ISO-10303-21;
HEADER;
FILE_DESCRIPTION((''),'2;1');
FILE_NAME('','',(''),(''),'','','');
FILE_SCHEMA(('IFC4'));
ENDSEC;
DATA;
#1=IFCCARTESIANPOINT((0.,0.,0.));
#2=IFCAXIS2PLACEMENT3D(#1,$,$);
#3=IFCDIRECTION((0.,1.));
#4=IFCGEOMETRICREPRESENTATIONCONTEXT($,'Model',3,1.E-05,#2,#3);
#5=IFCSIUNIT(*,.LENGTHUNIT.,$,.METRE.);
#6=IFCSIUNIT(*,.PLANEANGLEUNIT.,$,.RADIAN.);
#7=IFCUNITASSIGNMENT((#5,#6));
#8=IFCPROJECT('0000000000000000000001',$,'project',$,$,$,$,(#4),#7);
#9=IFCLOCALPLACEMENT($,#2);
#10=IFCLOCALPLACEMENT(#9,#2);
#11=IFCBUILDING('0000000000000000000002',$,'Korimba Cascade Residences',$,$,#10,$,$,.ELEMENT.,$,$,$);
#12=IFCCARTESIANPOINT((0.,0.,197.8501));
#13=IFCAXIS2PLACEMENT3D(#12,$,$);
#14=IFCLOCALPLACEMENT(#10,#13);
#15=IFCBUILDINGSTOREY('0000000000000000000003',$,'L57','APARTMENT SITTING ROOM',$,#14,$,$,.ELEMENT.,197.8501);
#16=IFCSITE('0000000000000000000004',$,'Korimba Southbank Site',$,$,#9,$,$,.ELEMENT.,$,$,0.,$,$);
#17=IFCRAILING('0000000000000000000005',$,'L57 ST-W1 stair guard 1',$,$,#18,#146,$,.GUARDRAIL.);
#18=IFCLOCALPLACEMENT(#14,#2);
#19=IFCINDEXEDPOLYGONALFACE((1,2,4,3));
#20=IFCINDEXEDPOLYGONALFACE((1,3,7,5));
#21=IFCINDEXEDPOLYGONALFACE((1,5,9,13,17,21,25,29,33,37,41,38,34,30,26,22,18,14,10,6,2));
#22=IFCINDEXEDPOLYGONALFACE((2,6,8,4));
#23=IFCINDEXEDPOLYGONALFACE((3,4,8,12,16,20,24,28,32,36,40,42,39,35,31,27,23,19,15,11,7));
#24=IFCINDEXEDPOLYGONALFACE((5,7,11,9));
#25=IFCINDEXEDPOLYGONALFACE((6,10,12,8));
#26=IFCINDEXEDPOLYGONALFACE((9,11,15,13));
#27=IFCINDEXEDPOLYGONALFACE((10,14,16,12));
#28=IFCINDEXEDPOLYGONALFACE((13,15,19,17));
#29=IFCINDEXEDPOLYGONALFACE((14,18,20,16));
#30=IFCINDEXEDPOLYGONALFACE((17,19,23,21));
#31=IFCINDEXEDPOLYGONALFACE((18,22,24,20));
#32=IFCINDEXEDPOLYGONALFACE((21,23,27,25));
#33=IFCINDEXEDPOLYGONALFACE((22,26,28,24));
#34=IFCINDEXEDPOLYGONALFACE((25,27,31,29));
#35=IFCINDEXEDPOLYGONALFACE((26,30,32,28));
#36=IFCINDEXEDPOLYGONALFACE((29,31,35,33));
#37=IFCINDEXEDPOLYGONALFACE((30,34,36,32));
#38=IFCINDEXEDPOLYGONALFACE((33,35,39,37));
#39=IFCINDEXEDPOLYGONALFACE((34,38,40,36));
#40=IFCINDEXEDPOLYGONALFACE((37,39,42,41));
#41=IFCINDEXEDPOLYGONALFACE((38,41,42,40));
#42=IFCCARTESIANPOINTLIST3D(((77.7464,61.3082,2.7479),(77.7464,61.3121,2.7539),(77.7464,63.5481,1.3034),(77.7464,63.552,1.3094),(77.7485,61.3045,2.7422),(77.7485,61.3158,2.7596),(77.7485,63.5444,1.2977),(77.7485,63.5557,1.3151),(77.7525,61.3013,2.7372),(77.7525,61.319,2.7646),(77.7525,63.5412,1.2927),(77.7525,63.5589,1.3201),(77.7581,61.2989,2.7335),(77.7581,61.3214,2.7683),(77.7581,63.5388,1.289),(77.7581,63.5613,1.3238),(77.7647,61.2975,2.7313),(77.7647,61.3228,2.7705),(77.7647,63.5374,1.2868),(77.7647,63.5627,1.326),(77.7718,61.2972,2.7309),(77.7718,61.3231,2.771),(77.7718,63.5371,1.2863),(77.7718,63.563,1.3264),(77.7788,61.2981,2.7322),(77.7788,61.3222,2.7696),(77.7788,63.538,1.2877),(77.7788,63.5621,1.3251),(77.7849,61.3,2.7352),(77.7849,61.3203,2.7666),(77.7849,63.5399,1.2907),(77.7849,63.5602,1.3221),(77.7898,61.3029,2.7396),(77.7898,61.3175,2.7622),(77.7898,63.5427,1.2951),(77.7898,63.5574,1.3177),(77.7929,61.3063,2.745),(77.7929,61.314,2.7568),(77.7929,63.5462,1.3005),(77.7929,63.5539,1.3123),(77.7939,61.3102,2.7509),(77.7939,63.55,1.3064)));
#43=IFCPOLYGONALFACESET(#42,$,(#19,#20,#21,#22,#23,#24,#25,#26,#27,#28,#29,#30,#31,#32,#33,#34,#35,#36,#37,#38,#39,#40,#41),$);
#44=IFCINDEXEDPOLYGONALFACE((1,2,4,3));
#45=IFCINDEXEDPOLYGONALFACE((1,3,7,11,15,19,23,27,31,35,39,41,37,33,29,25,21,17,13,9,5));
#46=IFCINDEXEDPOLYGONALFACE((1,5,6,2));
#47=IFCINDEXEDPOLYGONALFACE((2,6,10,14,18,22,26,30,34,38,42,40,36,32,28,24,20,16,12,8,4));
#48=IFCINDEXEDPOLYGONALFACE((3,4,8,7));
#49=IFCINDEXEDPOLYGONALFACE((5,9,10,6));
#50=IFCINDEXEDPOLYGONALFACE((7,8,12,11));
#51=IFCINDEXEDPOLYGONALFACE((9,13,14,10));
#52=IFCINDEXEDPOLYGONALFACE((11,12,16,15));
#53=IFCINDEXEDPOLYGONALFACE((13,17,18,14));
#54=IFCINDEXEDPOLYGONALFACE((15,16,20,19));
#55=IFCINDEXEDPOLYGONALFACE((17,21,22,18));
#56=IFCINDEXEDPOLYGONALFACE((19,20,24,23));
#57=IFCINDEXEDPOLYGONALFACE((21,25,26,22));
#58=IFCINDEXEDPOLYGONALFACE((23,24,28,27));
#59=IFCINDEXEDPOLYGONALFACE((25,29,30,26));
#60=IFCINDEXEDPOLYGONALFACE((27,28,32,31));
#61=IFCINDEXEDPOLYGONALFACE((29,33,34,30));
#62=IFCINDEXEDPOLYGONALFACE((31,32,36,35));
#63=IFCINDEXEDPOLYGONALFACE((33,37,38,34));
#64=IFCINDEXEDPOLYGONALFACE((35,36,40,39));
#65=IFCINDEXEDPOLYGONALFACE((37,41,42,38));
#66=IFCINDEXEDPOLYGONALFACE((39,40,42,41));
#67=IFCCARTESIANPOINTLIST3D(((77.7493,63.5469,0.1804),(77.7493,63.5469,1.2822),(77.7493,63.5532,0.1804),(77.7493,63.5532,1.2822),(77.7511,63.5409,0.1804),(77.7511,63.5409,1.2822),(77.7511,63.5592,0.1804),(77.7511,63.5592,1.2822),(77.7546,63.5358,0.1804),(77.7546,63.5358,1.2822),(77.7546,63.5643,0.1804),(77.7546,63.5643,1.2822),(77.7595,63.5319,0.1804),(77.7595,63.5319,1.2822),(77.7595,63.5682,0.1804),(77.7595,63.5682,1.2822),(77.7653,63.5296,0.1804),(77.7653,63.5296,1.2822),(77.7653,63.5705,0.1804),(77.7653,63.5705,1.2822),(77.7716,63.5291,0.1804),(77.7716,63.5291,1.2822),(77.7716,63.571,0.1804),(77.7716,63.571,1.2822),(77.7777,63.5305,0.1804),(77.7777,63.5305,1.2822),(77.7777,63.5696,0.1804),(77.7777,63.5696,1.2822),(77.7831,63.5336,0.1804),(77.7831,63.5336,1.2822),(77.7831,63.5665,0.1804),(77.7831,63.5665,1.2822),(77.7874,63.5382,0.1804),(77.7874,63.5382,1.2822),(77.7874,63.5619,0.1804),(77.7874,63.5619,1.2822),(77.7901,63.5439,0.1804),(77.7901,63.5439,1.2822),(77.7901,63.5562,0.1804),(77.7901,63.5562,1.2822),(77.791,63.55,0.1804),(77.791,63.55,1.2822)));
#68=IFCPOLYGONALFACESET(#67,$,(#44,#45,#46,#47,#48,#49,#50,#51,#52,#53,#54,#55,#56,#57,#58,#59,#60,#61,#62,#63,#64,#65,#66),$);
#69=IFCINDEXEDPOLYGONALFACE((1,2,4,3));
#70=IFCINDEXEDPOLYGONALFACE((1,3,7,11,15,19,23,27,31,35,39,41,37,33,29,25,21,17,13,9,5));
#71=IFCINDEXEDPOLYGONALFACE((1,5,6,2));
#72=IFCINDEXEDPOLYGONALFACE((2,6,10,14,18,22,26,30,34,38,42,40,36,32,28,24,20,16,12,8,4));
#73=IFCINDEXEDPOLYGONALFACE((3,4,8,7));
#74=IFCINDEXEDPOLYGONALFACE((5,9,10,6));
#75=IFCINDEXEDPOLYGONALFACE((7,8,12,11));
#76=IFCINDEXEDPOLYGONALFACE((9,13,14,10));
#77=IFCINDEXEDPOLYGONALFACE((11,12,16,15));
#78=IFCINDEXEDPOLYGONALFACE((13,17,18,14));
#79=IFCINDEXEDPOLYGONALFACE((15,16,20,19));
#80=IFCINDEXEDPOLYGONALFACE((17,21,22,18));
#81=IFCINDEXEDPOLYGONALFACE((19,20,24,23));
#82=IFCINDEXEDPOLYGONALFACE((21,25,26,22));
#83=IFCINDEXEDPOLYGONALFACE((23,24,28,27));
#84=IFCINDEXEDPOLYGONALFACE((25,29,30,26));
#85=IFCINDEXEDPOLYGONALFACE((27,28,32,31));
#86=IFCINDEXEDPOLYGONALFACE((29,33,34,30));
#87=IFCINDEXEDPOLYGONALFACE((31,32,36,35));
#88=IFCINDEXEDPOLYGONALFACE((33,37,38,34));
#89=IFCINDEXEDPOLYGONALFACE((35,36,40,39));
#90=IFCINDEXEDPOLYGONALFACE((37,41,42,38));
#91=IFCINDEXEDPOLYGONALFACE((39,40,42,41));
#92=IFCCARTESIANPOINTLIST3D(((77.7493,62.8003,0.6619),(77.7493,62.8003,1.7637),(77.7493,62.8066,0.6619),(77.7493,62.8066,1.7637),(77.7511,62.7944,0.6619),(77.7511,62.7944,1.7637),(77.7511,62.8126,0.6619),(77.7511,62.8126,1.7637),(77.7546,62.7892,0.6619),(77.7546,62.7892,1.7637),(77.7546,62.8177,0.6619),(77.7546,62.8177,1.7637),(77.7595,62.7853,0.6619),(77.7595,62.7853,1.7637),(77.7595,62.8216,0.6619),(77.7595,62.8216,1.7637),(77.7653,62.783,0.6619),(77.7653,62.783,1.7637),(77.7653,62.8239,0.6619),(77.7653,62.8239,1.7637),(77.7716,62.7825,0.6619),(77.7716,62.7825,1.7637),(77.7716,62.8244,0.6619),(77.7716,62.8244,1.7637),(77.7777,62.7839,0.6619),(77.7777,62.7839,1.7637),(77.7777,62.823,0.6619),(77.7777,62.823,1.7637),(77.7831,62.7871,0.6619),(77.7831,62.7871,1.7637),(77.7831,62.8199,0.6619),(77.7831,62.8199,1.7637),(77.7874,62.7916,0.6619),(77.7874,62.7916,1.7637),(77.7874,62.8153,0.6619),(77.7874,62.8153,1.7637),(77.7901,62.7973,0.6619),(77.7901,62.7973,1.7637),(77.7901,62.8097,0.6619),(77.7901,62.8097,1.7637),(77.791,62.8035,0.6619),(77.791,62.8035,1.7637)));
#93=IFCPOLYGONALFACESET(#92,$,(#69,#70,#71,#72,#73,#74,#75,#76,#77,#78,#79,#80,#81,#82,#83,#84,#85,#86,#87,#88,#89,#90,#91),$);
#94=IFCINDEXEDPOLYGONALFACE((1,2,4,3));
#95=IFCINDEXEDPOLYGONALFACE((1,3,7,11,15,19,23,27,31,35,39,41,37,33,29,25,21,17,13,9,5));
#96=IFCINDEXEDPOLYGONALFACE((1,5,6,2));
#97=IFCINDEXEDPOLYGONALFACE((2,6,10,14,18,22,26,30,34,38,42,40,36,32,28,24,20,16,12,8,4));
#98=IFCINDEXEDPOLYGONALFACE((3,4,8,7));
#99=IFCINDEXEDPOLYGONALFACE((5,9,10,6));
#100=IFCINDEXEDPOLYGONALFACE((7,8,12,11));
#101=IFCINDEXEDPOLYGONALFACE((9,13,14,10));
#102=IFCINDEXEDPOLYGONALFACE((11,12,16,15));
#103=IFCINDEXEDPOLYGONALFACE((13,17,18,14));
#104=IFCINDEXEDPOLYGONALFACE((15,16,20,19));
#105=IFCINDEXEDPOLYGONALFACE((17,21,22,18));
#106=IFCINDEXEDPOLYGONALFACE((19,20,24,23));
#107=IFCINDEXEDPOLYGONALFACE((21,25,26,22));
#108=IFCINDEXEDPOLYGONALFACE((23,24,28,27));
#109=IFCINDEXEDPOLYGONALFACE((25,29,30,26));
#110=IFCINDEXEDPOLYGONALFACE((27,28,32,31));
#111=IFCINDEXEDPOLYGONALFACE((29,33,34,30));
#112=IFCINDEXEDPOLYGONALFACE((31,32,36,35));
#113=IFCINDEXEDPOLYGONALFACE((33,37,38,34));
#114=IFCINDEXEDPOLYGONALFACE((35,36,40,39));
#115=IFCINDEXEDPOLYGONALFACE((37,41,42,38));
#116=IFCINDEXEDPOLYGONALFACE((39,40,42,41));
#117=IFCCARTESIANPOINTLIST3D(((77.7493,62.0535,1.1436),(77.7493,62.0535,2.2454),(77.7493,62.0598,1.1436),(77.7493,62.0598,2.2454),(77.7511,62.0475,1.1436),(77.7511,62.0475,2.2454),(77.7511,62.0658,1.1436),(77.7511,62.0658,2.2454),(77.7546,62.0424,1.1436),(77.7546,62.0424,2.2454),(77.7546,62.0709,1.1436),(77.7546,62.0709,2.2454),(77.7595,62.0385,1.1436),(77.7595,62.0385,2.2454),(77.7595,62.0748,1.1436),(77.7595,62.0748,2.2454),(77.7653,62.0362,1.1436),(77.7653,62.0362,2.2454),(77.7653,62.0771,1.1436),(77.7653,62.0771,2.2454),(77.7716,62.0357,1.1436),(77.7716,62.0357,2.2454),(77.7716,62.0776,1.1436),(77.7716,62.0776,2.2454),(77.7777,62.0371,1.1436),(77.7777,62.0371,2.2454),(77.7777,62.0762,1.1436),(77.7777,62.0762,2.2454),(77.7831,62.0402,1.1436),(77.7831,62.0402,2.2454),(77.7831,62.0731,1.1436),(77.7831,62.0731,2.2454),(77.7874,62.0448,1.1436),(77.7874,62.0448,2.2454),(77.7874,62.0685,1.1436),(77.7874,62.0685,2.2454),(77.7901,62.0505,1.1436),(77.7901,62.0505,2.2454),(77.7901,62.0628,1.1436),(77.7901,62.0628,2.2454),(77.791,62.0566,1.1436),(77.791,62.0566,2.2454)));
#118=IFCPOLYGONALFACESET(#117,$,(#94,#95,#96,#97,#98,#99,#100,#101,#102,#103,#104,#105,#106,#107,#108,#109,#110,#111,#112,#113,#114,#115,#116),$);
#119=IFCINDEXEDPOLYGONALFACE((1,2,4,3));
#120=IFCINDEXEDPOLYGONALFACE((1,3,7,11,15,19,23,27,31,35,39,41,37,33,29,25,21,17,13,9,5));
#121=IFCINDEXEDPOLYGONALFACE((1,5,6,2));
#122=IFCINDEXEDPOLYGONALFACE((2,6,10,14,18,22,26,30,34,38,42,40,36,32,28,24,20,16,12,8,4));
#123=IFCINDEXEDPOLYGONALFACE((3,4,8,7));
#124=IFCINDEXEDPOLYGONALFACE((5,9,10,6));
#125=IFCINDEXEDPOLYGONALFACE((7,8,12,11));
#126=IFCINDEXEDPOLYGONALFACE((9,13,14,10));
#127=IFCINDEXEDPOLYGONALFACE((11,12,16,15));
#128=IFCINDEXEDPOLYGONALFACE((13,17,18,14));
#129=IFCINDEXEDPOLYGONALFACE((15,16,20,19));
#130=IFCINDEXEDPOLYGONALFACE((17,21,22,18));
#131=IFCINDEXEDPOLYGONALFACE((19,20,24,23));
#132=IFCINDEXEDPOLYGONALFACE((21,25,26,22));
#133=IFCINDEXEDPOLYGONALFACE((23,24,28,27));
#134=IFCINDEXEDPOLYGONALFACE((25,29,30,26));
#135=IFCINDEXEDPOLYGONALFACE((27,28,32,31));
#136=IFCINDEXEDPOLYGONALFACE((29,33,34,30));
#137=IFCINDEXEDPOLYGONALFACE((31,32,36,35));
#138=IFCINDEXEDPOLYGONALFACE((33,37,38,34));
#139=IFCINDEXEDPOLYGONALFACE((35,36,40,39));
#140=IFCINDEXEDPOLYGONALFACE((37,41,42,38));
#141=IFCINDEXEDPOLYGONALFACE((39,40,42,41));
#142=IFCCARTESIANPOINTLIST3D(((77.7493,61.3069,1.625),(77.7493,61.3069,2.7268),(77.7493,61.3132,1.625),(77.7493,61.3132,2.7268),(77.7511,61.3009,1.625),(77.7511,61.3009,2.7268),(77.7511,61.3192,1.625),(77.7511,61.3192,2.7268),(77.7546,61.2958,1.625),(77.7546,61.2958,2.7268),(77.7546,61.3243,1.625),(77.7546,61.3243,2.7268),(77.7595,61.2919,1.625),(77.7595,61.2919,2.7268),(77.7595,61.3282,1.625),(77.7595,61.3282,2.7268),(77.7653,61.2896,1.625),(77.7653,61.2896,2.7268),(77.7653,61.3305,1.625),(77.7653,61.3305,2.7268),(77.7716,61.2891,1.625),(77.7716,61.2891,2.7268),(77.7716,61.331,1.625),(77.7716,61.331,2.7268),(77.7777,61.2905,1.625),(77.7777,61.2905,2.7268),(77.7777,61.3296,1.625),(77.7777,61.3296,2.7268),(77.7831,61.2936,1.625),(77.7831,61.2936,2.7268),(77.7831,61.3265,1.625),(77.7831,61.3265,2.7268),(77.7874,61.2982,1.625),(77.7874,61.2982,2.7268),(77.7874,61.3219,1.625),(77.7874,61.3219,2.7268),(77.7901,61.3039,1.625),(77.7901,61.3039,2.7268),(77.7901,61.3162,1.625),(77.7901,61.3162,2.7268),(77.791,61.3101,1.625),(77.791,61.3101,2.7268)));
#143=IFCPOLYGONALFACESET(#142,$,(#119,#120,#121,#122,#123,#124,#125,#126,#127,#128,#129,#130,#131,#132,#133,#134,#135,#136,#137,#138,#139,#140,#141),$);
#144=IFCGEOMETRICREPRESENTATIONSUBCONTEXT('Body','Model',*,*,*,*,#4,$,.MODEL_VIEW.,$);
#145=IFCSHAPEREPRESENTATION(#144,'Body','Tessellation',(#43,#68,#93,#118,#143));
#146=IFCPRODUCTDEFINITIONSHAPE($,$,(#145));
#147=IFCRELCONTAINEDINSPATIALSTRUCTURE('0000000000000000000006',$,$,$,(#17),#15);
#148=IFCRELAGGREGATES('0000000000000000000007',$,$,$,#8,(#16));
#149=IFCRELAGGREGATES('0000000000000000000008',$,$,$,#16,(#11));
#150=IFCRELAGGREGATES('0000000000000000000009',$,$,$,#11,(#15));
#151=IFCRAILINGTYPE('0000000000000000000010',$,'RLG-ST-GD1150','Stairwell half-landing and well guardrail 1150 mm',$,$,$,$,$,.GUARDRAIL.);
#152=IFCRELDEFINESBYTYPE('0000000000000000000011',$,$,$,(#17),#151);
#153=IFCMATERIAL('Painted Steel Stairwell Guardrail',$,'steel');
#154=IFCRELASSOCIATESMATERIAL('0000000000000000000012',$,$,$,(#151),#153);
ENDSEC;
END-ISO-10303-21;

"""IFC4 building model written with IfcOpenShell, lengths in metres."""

from ifc_helpers import new_model, si_unit, direction, frame, origin, origin_2d, place, context, subcontext, project, spatial, circle, extrude, material, type_object, element, save


model = new_model("IFC4")

# Units and contexts
model_context = context("Model", 3, precision=1e-05, world=origin(), true_north=direction((0.0, 1.0)))
body_context = subcontext(model_context, "Body", "Model", "MODEL_VIEW")
ifc_project = project(units=[si_unit("LENGTHUNIT", "METRE"), si_unit("PLANEANGLEUNIT", "RADIAN")], contexts=[model_context])

# Site, building, storey
site_placement = place(None, origin())
site = spatial("IfcSite", under=ifc_project, at=site_placement, Name="Korimba Southbank Site", CompositionType="ELEMENT", RefElevation=0.0)
building_placement = place(site_placement, origin())
building = spatial("IfcBuilding", under=site, at=building_placement, Name="Korimba Cascade Residences", CompositionType="ELEMENT")
storey_placement = place(building_placement, frame((0.0, 0.0, 197.8501)))
storey = spatial("IfcBuildingStorey", under=building, at=storey_placement, Name="L57", Description="APARTMENT SITTING ROOM", CompositionType="ELEMENT", Elevation=197.8501)

# Railing
ifc_material_1 = material(Name="Painted Steel Stairwell Guardrail", Category="steel")
railing_type_1 = type_object("IfcRailingType", Name="RLG-ST-GD1150", Description="Stairwell half-landing and well guardrail 1150 mm", PredefinedType="GUARDRAIL", material=ifc_material_1)
railing_1_placement = place(storey_placement, frame((77.77, 63.55, 0.1804)))
element("IfcRailing", 1, at=railing_1_placement, inside=storey, type_object=railing_type_1, Name="L57 ST-W1 stair guard 1", PredefinedType="GUARDRAIL", context=body_context, shape_type="SweptSolid", body=[
    extrude(circle(Radius=0.0239, at=origin_2d()), frame((0.0, 0.0, 1.126), z_axis=(0.0, -0.840395, 0.541975), x_axis=(1.0, 0.0, 0.0)), (0.0, 0.0, 1.0), 2.6653),
    extrude(circle(Radius=0.021, at=origin_2d()), origin(), (0.0, 0.0, 1.0), 1.1018),
    extrude(circle(Radius=0.021, at=origin_2d()), frame((0.0, -0.7466, 0.4814)), (0.0, 0.0, 1.0), 1.1018),
    extrude(circle(Radius=0.021, at=origin_2d()), frame((0.0, -1.4934, 0.9631)), (0.0, 0.0, 1.0), 1.1018),
    extrude(circle(Radius=0.021, at=origin_2d()), frame((0.0, -2.24, 1.4446)), (0.0, 0.0, 1.0), 1.1018),
])

save(model, "model.ifc")
